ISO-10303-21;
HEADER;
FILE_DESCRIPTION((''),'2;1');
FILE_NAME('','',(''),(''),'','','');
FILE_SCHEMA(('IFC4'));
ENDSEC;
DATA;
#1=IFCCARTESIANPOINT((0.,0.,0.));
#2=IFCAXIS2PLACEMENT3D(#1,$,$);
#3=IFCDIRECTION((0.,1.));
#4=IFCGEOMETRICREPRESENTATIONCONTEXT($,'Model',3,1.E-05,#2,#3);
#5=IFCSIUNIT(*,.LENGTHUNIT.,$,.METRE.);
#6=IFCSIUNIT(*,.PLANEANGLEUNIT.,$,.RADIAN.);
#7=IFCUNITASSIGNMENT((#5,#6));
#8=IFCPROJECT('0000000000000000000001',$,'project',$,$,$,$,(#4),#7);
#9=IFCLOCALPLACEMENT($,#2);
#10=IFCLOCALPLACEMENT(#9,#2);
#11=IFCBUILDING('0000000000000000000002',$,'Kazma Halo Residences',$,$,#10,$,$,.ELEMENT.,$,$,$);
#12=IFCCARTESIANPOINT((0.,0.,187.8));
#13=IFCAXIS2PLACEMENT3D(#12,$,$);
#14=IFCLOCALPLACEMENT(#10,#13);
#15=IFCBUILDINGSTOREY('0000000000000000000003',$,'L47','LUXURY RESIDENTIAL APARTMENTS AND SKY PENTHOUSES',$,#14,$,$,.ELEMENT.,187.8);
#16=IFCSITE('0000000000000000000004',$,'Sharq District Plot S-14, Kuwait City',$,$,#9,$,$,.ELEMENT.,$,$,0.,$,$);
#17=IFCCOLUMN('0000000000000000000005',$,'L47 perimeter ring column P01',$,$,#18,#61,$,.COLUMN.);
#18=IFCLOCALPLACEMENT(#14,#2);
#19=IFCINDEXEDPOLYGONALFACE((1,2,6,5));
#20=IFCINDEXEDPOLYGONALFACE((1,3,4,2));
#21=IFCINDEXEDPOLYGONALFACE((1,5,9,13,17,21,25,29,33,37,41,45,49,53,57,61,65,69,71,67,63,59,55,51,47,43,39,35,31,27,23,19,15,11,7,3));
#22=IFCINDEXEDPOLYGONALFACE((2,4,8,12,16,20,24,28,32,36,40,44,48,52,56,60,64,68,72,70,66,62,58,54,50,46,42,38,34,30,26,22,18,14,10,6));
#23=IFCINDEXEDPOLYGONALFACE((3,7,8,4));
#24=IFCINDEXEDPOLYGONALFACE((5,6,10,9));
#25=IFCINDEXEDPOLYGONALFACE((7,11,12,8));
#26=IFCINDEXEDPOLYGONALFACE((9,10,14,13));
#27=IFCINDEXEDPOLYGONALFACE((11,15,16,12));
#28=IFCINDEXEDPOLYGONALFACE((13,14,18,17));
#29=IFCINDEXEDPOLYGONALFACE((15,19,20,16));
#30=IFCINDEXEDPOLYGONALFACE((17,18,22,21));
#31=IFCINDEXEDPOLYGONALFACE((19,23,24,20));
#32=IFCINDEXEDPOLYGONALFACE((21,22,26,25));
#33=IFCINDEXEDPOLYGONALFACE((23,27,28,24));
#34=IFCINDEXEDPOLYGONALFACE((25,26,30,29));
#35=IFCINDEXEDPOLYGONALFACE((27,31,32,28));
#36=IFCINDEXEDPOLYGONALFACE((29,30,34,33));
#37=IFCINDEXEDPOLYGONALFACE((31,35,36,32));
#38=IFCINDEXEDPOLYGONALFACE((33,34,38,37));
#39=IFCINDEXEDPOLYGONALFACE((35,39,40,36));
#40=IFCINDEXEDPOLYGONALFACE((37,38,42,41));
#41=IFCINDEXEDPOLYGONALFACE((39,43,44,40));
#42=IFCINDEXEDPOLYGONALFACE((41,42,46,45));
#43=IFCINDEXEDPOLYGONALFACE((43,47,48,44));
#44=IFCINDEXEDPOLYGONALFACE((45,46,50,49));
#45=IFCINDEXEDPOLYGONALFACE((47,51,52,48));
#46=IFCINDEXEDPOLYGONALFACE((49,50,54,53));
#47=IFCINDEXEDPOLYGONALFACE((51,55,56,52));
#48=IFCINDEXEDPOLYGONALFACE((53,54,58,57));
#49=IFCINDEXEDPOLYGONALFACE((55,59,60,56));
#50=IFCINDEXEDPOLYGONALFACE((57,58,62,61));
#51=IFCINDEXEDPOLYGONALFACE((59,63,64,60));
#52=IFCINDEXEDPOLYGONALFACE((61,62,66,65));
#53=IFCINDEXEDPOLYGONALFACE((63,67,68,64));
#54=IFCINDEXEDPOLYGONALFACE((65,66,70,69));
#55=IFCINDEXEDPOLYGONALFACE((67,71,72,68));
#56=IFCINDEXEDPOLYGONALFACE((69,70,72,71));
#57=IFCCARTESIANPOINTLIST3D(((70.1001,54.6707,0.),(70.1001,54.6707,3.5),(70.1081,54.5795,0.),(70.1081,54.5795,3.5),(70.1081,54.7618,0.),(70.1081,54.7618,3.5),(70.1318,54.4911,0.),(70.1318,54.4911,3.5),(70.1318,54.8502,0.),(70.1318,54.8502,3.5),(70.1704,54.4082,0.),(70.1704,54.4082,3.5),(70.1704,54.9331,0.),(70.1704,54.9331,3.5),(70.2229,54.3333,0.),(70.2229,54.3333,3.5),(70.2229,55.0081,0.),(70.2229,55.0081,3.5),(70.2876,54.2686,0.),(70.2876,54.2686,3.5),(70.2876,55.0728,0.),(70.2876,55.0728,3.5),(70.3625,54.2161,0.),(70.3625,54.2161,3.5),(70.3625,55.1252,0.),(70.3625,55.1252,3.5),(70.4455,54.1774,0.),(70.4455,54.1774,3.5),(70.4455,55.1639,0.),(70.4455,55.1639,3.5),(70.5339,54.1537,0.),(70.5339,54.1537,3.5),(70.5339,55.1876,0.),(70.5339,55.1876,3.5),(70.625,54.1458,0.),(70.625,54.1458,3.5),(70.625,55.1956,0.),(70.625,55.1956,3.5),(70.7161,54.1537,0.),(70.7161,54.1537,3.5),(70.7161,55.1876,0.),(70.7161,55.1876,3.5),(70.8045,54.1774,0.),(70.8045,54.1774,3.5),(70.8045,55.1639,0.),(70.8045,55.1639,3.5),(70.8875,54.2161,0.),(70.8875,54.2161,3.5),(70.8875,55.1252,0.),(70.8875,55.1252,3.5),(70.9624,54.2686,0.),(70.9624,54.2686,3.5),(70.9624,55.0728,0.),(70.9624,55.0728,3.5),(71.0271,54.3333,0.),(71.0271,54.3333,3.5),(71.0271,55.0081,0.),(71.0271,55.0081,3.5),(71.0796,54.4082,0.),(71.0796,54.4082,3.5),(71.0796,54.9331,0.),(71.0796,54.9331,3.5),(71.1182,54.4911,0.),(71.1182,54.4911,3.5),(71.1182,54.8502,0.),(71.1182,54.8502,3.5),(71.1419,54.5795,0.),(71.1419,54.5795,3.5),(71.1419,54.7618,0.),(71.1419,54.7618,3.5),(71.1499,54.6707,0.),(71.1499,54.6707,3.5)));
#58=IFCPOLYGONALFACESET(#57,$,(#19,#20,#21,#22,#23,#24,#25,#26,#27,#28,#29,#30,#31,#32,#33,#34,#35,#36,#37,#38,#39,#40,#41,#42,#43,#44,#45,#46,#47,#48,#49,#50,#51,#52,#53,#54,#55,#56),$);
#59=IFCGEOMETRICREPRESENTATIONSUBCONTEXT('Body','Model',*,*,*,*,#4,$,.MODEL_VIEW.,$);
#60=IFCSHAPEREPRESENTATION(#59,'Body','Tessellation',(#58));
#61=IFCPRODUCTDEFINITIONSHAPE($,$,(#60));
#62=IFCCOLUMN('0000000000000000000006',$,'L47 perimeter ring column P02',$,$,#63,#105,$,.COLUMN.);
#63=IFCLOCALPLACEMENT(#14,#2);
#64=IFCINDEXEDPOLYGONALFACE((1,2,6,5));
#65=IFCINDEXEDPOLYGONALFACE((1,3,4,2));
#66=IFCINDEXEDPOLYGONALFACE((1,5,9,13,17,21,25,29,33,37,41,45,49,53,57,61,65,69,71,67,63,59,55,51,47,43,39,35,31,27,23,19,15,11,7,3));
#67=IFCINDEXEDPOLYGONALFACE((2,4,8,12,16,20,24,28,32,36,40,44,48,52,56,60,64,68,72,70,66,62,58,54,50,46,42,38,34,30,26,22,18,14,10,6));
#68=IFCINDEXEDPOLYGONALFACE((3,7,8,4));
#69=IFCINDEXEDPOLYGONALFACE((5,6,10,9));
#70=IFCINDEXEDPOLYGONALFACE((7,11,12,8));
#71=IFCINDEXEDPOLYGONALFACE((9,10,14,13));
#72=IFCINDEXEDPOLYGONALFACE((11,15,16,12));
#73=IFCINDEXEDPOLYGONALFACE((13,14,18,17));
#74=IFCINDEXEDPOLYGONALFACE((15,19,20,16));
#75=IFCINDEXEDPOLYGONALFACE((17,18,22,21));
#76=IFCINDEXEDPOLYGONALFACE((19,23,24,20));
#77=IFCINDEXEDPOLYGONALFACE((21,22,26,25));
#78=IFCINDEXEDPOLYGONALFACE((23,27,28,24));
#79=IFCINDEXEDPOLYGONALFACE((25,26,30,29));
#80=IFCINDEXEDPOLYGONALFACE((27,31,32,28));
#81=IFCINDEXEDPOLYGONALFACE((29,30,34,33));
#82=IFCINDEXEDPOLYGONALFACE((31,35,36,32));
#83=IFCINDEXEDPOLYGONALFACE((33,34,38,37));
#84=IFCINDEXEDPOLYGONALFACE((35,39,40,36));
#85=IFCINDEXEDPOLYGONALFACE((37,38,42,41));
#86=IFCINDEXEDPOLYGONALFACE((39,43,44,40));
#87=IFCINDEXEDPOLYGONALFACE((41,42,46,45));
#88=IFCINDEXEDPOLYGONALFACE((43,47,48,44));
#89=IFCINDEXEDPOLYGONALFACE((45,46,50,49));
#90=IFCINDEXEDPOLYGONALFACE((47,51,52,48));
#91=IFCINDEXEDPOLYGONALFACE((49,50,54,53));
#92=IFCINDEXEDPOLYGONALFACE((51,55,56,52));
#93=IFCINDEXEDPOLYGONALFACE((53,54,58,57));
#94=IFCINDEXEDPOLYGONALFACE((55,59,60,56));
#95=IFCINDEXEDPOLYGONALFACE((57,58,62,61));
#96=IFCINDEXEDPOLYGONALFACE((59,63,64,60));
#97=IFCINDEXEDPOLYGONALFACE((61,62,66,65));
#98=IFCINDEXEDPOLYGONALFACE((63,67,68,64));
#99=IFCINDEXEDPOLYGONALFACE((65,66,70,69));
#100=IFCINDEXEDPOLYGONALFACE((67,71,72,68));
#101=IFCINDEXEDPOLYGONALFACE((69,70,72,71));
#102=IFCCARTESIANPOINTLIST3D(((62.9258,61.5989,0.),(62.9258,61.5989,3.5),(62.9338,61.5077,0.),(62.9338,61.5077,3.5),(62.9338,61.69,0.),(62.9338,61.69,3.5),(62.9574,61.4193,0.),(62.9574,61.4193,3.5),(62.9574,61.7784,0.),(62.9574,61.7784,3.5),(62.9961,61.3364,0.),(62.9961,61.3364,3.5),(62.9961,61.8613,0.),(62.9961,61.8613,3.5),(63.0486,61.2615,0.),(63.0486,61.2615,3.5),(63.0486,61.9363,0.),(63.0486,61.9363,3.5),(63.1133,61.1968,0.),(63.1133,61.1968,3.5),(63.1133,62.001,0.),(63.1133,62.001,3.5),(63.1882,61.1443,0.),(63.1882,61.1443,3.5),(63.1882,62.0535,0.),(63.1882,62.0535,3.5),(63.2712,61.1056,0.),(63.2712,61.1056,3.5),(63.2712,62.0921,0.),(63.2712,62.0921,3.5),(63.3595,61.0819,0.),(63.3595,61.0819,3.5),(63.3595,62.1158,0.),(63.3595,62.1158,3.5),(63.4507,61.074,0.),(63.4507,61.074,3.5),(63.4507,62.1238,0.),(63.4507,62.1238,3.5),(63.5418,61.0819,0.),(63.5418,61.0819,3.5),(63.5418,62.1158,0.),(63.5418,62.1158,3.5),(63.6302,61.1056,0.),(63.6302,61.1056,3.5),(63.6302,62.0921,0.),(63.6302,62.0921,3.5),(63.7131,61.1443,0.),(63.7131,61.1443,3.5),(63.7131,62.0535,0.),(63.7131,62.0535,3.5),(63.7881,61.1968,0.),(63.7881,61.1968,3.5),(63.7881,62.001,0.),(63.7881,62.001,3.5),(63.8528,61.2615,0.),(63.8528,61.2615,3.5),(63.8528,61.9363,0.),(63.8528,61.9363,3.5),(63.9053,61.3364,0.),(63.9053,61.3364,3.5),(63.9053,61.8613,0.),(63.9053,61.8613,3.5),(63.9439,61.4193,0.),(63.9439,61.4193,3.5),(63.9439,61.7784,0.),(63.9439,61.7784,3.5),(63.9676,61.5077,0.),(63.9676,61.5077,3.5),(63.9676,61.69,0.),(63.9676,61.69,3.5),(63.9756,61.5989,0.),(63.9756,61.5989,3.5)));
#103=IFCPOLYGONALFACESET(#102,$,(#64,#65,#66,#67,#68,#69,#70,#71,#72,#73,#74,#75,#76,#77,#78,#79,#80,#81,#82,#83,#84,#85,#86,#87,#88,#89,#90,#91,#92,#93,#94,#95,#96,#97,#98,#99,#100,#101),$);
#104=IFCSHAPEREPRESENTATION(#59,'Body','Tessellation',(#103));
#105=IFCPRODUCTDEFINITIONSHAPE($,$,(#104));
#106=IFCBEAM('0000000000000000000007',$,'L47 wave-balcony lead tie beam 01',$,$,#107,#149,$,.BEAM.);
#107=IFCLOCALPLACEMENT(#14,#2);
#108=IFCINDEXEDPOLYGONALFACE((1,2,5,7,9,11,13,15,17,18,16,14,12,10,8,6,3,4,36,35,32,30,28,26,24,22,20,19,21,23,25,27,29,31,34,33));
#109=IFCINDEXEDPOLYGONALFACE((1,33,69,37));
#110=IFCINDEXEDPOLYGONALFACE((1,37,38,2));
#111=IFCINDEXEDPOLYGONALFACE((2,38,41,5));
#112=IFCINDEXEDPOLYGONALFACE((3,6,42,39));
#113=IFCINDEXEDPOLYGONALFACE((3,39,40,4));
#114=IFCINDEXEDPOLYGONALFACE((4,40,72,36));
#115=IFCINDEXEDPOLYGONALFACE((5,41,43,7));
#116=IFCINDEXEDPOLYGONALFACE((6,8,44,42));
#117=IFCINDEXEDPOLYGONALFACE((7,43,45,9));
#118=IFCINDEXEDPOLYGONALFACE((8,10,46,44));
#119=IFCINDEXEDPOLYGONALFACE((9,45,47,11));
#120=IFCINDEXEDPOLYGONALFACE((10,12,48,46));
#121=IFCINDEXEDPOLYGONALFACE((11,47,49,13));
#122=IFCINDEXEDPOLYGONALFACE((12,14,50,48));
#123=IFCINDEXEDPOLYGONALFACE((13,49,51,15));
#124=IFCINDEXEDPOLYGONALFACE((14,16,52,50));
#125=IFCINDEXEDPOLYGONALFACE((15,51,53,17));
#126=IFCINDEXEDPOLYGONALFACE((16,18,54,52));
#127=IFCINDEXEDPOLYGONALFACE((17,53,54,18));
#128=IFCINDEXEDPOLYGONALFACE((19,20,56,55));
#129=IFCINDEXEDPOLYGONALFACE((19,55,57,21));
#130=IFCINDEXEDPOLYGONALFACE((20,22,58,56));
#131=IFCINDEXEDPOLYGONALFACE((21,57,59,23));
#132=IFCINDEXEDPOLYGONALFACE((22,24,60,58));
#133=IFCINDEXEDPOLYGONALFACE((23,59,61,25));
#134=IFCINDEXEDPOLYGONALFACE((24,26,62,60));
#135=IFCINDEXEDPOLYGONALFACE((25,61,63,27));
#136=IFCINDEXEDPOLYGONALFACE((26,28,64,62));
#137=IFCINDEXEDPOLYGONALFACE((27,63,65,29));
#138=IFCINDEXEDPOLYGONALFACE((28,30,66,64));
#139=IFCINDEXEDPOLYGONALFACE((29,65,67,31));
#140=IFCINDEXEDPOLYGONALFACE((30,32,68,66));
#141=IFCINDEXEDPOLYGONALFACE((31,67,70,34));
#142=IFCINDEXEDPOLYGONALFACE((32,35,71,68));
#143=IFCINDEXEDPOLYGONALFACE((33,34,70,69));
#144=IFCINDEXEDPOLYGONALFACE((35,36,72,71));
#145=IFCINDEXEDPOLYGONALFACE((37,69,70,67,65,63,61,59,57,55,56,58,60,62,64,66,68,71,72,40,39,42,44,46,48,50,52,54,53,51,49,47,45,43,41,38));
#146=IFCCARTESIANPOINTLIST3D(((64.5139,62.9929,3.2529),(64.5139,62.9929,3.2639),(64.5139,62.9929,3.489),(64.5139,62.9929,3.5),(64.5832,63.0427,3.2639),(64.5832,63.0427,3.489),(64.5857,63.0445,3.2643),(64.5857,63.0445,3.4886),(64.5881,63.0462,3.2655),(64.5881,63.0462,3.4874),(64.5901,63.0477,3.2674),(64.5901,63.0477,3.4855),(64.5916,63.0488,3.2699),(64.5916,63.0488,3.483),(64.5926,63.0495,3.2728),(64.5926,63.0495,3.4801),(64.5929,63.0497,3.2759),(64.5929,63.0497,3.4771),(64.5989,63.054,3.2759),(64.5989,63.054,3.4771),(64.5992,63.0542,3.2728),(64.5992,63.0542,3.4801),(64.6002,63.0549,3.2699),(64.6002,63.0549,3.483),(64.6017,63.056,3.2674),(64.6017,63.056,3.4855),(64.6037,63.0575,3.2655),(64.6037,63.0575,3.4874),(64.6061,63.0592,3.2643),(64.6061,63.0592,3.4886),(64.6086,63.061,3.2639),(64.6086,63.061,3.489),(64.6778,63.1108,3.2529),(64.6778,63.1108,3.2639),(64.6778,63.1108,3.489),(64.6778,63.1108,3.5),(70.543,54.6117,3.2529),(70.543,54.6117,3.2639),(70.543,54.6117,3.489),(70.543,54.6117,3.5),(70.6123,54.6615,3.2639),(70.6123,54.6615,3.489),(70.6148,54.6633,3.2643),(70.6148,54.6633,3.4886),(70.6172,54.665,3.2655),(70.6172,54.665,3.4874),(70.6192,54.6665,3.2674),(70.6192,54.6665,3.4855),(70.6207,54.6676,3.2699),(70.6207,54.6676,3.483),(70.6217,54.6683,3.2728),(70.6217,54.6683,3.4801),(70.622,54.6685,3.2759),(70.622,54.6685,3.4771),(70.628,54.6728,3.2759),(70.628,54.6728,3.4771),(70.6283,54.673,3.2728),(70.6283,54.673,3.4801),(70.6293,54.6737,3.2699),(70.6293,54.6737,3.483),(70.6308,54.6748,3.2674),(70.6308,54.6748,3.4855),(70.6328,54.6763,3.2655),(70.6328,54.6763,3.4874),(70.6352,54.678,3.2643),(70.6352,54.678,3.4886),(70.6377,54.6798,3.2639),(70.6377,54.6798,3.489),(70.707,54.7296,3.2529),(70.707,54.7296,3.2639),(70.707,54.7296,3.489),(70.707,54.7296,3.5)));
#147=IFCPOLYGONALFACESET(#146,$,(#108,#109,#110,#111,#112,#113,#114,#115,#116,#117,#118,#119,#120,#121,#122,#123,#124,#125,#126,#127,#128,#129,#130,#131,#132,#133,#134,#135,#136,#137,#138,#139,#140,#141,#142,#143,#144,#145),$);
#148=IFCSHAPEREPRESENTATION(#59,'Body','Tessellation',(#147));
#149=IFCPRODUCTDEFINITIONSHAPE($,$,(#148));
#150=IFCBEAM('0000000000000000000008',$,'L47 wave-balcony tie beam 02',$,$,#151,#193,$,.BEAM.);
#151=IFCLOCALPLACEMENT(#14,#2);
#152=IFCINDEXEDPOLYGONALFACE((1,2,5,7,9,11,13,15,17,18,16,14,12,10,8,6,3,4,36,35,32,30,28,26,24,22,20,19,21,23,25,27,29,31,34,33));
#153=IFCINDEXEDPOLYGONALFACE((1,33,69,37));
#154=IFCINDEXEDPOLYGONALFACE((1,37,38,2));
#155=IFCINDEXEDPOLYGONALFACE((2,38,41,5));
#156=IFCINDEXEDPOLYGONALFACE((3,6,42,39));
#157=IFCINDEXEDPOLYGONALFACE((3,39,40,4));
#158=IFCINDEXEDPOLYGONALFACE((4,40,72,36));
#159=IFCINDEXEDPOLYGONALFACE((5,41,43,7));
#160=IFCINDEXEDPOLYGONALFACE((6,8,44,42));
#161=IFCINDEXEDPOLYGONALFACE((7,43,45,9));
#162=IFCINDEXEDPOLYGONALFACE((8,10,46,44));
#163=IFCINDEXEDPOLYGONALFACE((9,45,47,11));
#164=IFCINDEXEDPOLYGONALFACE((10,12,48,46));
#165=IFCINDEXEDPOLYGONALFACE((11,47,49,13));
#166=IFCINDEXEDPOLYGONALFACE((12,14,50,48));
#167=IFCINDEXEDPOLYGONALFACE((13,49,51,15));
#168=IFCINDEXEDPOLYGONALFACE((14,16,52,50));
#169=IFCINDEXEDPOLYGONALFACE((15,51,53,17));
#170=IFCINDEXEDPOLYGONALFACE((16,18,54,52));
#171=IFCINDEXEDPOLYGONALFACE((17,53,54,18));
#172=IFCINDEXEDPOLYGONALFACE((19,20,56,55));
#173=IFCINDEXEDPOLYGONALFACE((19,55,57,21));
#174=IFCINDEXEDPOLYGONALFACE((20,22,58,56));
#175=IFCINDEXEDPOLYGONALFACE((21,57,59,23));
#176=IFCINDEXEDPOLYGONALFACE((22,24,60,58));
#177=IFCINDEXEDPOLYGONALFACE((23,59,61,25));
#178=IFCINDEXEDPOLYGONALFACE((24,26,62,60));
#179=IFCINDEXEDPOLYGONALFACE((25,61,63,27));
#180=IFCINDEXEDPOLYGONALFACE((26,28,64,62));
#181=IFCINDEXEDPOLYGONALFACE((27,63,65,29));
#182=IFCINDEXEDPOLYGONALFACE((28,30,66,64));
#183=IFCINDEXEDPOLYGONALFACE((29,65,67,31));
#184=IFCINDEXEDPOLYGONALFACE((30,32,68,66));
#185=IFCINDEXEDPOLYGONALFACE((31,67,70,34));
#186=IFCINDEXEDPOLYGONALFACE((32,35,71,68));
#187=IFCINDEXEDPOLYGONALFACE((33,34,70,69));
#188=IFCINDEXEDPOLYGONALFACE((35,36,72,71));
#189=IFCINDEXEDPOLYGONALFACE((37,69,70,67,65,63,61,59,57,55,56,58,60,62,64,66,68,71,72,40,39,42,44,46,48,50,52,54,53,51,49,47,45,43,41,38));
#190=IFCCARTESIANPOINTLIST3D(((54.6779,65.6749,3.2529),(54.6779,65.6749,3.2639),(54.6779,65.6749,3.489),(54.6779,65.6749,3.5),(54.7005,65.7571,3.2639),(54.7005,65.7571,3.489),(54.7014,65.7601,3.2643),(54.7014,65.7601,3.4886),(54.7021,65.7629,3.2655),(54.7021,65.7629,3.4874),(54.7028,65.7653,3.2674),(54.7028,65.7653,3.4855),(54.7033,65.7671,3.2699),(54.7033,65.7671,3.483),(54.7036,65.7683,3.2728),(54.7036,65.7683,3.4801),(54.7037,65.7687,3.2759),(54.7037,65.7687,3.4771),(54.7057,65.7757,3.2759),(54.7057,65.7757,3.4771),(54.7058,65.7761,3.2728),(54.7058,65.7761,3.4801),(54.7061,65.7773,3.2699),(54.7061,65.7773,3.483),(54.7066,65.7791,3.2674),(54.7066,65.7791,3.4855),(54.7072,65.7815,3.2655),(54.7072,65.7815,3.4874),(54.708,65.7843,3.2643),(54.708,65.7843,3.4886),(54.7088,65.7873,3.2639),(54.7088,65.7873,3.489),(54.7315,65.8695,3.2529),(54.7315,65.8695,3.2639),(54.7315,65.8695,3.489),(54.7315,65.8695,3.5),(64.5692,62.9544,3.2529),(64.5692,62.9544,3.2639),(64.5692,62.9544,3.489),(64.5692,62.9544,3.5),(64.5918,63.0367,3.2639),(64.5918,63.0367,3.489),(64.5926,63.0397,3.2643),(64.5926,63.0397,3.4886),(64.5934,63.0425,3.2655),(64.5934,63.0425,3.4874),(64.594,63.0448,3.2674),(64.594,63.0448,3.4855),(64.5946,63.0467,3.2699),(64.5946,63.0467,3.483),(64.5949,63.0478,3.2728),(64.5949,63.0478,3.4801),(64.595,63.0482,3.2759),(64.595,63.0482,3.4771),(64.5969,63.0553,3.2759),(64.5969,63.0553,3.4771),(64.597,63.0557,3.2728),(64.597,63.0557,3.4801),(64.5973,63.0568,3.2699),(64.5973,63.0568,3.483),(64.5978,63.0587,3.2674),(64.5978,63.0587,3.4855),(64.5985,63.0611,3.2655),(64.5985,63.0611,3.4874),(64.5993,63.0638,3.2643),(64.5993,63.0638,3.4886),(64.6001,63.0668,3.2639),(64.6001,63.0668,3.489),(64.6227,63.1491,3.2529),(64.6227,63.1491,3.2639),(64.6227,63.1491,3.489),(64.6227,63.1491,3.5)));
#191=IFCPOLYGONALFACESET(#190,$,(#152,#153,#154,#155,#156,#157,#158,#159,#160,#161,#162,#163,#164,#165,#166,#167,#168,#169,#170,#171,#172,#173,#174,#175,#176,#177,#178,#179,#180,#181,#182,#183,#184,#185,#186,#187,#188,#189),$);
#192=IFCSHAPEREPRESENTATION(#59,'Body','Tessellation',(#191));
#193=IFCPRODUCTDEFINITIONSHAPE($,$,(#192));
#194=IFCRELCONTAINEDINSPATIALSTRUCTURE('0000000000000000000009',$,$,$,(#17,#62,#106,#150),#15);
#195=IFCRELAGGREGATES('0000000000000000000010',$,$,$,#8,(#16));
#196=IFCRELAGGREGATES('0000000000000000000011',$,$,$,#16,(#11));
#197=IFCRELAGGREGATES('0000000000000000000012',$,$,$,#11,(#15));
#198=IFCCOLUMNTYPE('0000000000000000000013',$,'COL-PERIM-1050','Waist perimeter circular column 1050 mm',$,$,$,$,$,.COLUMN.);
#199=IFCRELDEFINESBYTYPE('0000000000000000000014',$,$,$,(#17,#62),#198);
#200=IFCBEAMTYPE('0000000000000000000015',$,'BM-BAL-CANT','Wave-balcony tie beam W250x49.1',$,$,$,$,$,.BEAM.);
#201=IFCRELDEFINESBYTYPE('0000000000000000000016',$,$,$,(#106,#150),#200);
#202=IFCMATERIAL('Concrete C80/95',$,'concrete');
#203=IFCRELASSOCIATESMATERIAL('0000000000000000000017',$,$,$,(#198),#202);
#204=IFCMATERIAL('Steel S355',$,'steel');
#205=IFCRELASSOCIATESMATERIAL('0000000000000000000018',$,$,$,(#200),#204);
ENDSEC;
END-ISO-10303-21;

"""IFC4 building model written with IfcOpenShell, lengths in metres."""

from ifc_helpers import new_model, si_unit, direction, frame, origin, origin_2d, place, context, subcontext, project, spatial, circle, i_section, extrude, material, material_profile, profile_set, type_object, element, save


model = new_model("IFC4")

# Units and contexts
model_context = context("Model", 3, precision=1e-05, world=origin(), true_north=direction((0.0, 1.0)))
body_context = subcontext(model_context, "Body", "Model", "MODEL_VIEW")
ifc_project = project(units=[si_unit("LENGTHUNIT", "METRE"), si_unit("PLANEANGLEUNIT", "RADIAN")], contexts=[model_context])

# Site, building, storey
site_placement = place(None, origin())
site = spatial("IfcSite", under=ifc_project, at=site_placement, Name="Sharq District Plot S-14, Kuwait City", CompositionType="ELEMENT", RefElevation=0.0)
building_placement = place(site_placement, origin())
building = spatial("IfcBuilding", under=site, at=building_placement, Name="Kazma Halo Residences", CompositionType="ELEMENT")
storey_placement = place(building_placement, frame((0.0, 0.0, 187.8)))
storey = spatial("IfcBuildingStorey", under=building, at=storey_placement, Name="L47", Description="LUXURY RESIDENTIAL APARTMENTS AND SKY PENTHOUSES", CompositionType="ELEMENT", Elevation=187.8)

# Columns
ifc_material_1 = material(Name="Concrete C80/95", Category="concrete")
ifc_material_profile_1 = material_profile(ifc_material_1, circle(Radius=0.5249, at=origin_2d()), Name="CIRC1050")
ifc_profile_set_1 = profile_set([ifc_material_profile_1], Name="Concrete C80/95")
column_type = type_object("IfcColumnType", Name="COL-PERIM-1050", Description="Waist perimeter circular column 1050 mm", PredefinedType="COLUMN", material=ifc_profile_set_1)
for number, where, z_axis, x_axis, name in (
    (1, (70.625, 54.6707, 0.0), (0.0, 0.0, 1.0), (1.0, 0.0, 0.0), "L47 perimeter ring column P01"),
    (2, (63.4507, 61.5989, 0.0), (0.0, 0.0, 1.0), (1.0, 0.0, 0.0), "L47 perimeter ring column P02"),
):
    element("IfcColumn", number, at=place(storey_placement, frame(where, z_axis=z_axis, x_axis=x_axis)), inside=storey, type_object=column_type, Name=name, PredefinedType="COLUMN", context=body_context, shape_type="SweptSolid", body=[
        extrude(circle(Radius=0.5249, at=origin_2d()), origin(), (0.0, 0.0, 1.0), 3.5),
    ])

# Beams
ifc_material_2 = material(Name="Steel S355", Category="steel")
ifc_material_profile_2 = material_profile(ifc_material_2, i_section(OverallWidth=0.2019, OverallDepth=0.2471, WebThickness=0.0073, FlangeThickness=0.011, FilletRadius=0.012, at=origin_2d()), Name="W250x49.1")
ifc_profile_set_2 = profile_set([ifc_material_profile_2], Name="Steel S355")
beam_type_1 = type_object("IfcBeamType", Name="BM-BAL-CANT", Description="Wave-balcony tie beam W250x49.1", PredefinedType="BEAM", material=ifc_profile_set_2)
beam_1_placement = place(storey_placement, frame((70.625, 54.6707, 3.3765), z_axis=(-0.583964, 0.81178, 0.0), x_axis=(-0.81178, -0.583964, 0.0)))
element("IfcBeam", 3, at=beam_1_placement, inside=storey, type_object=beam_type_1, Name="L47 wave-balcony lead tie beam 01", PredefinedType="BEAM", context=body_context, shape_type="SweptSolid", body=[
    extrude(i_section(OverallWidth=0.2019, OverallDepth=0.2471, WebThickness=0.0073, FlangeThickness=0.011, FilletRadius=0.012, at=origin_2d()), origin(), (0.0, 0.0, 1.0), 10.3245),
])
beam_2_placement = place(storey_placement, frame((64.5959, 63.0518, 3.3765), z_axis=(-0.964197, 0.265187, 0.0), x_axis=(-0.265187, -0.964197, 0.0)))
element("IfcBeam", 4, at=beam_2_placement, inside=storey, type_object=beam_type_1, Name="L47 wave-balcony tie beam 02", PredefinedType="BEAM", context=body_context, shape_type="SweptSolid", body=[
    extrude(i_section(OverallWidth=0.2019, OverallDepth=0.2471, WebThickness=0.0073, FlangeThickness=0.011, FilletRadius=0.012, at=origin_2d()), origin(), (0.0, 0.0, 1.0), 10.2585),
])

save(model, "model.ifc")
